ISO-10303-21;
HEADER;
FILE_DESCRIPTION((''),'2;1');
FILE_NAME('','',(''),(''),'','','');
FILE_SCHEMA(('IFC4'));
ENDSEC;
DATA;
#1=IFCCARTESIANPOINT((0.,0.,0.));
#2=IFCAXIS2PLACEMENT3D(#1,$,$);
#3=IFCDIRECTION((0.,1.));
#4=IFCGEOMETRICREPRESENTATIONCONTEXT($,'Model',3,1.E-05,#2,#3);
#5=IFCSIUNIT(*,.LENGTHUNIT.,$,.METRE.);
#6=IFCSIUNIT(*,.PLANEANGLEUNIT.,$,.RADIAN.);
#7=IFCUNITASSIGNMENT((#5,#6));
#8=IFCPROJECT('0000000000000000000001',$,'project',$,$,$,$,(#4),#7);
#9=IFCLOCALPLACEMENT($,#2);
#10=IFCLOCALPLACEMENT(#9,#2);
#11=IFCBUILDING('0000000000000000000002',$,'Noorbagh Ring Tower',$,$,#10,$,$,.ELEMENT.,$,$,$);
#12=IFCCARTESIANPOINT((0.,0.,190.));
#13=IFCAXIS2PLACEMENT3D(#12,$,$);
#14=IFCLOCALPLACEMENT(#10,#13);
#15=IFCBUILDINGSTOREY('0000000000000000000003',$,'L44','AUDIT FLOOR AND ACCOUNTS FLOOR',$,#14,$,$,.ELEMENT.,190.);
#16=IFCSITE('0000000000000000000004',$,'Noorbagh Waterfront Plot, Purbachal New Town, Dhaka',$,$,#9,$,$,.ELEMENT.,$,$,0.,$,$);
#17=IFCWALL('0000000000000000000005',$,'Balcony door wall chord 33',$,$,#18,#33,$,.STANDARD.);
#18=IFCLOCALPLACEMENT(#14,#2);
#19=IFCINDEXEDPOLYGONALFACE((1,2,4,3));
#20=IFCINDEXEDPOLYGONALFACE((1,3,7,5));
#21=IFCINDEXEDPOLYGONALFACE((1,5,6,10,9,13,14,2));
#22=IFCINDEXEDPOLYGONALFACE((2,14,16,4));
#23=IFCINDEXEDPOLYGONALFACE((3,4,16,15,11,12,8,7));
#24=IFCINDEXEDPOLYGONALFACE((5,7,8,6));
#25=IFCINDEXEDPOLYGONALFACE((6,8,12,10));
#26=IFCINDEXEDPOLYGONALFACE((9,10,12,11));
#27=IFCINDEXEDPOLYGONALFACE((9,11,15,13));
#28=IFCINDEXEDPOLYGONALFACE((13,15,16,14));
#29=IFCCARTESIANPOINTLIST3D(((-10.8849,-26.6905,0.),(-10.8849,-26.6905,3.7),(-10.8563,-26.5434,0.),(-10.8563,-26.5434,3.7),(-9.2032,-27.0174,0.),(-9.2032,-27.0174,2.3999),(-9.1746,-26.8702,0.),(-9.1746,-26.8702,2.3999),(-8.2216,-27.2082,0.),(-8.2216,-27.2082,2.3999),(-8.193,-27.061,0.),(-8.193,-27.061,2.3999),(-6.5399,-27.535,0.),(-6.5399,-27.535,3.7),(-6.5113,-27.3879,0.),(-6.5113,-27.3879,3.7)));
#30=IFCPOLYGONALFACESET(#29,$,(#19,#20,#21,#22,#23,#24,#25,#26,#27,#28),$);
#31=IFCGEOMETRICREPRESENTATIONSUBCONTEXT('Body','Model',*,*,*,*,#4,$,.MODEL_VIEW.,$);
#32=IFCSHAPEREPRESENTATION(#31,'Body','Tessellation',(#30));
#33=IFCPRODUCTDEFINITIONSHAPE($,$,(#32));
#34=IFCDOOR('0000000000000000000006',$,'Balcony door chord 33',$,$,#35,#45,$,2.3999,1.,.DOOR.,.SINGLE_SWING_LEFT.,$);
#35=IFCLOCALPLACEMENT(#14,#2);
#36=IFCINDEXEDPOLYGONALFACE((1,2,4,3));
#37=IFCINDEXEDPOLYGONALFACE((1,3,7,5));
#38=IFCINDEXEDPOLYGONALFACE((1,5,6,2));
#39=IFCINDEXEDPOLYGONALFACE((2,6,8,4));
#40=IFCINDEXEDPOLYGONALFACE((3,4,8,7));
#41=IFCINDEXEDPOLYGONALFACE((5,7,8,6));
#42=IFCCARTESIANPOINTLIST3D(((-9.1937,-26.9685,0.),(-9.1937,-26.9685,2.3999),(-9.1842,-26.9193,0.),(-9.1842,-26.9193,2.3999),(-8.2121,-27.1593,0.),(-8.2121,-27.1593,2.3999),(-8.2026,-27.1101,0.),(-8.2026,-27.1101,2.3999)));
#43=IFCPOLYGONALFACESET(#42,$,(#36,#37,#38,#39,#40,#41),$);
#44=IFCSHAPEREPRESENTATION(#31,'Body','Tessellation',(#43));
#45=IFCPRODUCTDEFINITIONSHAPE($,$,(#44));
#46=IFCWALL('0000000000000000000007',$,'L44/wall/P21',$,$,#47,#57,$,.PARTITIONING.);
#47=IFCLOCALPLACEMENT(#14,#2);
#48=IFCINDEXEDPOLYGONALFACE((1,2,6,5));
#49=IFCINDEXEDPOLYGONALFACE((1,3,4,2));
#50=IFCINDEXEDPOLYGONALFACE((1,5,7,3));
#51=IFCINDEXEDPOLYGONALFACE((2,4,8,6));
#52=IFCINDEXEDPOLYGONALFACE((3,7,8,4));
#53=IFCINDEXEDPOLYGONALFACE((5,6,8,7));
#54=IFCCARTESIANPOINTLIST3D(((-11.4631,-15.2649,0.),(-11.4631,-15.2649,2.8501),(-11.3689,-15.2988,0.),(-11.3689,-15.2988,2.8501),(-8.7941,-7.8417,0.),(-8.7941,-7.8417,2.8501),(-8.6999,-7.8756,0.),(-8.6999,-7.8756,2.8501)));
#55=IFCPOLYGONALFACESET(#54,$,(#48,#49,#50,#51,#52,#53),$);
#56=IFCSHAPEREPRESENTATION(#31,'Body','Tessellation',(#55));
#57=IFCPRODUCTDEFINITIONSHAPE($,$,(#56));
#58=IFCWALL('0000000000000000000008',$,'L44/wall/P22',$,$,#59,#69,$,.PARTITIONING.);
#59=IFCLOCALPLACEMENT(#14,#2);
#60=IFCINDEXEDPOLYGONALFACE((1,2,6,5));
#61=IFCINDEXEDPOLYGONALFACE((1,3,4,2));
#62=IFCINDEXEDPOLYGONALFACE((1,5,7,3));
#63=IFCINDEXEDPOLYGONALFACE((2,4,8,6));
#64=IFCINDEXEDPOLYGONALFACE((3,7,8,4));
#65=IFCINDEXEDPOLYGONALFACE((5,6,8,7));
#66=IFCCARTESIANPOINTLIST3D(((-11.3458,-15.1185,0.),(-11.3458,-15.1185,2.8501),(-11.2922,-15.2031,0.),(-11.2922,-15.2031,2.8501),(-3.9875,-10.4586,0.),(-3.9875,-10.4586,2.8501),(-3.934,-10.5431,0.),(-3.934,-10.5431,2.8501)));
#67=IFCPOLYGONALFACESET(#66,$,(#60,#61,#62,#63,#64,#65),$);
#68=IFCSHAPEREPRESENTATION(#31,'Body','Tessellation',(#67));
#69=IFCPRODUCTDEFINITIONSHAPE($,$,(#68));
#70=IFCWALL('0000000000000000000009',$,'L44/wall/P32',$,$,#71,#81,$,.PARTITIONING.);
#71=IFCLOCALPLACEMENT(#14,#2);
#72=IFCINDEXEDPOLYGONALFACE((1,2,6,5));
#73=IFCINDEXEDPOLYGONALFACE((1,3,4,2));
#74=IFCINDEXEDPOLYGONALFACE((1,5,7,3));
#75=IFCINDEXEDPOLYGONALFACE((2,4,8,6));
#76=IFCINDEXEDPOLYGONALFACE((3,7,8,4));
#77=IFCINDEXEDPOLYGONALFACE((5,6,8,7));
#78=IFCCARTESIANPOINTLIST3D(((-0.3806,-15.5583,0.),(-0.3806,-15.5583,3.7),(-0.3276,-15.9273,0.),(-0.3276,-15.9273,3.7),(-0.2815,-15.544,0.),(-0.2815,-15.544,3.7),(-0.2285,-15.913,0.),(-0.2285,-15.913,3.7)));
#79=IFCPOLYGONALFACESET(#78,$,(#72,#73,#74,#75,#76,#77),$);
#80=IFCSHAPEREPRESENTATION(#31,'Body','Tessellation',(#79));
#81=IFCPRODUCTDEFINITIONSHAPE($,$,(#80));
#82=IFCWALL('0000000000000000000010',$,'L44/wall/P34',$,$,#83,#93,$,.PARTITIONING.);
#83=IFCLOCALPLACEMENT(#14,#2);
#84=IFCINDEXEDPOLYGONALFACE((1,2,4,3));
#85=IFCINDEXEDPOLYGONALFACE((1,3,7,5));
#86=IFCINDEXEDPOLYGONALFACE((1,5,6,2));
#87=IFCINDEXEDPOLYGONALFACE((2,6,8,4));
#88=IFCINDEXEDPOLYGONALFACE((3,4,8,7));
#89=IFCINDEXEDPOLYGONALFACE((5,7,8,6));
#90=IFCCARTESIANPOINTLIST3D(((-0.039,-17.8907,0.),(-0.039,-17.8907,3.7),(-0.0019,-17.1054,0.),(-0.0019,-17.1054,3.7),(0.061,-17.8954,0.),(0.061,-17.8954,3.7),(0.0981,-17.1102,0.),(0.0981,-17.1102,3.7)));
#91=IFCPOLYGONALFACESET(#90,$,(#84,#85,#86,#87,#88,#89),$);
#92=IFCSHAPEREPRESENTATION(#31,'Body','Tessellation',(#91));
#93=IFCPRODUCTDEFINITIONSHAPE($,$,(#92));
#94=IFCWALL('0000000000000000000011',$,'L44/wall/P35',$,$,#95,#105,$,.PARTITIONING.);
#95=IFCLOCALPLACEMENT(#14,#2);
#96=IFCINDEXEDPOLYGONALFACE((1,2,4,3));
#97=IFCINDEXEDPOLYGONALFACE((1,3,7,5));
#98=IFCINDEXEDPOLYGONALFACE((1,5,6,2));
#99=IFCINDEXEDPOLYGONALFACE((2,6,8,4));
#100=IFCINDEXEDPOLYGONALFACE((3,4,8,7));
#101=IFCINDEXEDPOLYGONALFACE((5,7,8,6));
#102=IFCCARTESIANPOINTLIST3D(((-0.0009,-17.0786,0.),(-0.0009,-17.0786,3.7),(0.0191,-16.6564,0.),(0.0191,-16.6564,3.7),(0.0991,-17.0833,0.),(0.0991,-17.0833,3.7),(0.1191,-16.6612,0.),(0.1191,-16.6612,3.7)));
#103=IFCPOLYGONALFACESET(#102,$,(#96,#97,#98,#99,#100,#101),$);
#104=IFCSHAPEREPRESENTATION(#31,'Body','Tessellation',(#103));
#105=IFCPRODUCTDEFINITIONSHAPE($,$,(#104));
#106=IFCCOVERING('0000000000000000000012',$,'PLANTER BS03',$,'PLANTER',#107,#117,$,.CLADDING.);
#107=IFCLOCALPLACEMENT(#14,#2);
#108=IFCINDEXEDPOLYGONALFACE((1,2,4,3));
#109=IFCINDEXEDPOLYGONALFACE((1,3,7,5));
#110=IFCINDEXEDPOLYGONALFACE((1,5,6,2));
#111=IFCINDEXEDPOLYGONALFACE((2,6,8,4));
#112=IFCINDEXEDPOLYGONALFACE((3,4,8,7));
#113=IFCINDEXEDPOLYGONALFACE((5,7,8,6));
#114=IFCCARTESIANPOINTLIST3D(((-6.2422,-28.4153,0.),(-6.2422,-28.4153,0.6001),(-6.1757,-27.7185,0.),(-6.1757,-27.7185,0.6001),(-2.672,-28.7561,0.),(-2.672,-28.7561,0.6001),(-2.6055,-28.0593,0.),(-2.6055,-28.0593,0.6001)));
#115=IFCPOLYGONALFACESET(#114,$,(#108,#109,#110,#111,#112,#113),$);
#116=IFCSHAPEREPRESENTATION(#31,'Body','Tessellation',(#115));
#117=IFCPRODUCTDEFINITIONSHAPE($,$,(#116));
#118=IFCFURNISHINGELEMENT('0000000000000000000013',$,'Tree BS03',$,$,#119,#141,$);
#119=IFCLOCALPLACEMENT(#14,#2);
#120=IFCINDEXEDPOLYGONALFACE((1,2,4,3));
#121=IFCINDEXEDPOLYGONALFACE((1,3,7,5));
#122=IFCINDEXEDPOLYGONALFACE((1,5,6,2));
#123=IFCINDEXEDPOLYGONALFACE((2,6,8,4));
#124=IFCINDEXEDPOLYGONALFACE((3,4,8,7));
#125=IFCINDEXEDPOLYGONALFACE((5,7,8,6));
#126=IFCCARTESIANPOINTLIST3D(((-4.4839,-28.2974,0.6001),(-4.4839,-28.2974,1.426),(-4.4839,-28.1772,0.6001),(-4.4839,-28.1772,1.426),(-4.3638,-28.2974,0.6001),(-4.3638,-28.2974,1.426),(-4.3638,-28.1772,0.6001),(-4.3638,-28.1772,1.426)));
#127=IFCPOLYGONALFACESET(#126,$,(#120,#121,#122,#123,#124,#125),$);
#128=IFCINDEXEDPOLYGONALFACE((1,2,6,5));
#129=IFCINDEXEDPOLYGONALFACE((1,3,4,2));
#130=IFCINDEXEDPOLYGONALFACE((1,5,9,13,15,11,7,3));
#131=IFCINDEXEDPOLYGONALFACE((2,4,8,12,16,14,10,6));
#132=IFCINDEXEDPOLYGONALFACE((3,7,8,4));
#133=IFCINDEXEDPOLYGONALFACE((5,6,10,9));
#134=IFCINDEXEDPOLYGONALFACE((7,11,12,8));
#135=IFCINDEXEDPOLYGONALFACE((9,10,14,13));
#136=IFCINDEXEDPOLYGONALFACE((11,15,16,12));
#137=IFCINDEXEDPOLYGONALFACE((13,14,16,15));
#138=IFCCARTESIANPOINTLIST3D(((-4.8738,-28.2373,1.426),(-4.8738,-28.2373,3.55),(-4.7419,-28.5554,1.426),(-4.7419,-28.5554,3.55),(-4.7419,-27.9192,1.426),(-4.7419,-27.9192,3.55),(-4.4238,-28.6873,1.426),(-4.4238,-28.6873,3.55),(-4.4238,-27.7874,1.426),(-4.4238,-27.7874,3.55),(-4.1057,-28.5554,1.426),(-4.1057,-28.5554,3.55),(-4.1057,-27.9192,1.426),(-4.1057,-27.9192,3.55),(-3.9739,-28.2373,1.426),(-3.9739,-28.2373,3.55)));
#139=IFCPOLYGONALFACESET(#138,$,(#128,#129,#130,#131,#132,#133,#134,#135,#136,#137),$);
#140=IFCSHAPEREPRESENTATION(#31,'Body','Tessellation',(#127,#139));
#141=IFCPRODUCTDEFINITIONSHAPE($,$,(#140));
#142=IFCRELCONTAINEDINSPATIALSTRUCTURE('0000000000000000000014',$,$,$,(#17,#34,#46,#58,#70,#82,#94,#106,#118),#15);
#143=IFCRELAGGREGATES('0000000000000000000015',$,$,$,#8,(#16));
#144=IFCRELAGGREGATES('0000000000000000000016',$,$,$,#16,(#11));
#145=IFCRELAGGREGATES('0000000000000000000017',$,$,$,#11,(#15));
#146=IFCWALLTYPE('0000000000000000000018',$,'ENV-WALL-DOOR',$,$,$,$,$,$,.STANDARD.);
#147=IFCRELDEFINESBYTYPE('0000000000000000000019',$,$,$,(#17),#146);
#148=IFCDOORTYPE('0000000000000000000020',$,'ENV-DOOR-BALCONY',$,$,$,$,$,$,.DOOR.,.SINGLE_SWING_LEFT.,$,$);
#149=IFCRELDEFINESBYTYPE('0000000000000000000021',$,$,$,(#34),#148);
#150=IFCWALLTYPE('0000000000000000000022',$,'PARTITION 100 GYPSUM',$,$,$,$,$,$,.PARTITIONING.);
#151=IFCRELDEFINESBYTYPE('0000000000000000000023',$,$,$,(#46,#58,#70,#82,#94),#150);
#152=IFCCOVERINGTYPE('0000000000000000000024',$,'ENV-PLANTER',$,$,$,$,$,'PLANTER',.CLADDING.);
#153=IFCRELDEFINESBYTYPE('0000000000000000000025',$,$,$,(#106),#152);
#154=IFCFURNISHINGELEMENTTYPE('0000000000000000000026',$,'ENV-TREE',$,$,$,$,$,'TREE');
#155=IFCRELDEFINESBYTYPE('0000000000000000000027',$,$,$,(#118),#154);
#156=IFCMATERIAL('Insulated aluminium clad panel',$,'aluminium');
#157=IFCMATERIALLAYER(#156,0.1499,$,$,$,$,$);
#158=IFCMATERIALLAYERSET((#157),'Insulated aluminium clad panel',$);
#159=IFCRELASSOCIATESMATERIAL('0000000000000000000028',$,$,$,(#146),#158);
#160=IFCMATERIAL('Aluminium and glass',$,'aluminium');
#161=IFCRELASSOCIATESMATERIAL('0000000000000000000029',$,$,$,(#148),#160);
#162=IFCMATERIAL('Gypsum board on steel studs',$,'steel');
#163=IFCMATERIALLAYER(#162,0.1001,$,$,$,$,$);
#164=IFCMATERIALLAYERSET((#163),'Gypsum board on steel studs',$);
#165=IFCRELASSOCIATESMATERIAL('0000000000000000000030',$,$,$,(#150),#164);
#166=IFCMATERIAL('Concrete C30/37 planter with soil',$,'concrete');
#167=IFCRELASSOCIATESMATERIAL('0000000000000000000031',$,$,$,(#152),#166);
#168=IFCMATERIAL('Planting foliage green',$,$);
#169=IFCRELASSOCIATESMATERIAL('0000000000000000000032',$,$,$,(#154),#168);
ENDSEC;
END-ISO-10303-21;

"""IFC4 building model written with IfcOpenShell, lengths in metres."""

from ifc_helpers import new_model, si_unit, direction, frame, frame_2d, origin, origin_2d, place, context, subcontext, project, spatial, polyline, rectangle, outline, extrude, material, layer, layer_set, type_object, element, fill, save


model = new_model("IFC4")

# Units and contexts
model_context = context("Model", 3, precision=1e-05, world=origin(), true_north=direction((0.0, 1.0)))
body_context = subcontext(model_context, "Body", "Model", "MODEL_VIEW")
ifc_project = project(units=[si_unit("LENGTHUNIT", "METRE"), si_unit("PLANEANGLEUNIT", "RADIAN")], contexts=[model_context])

# Site, building, storey
site_placement = place(None, origin())
site = spatial("IfcSite", under=ifc_project, at=site_placement, Name="Noorbagh Waterfront Plot, Purbachal New Town, Dhaka", CompositionType="ELEMENT", RefElevation=0.0)
building_placement = place(site_placement, origin())
building = spatial("IfcBuilding", under=site, at=building_placement, Name="Noorbagh Ring Tower", CompositionType="ELEMENT")
storey_placement = place(building_placement, frame((0.0, 0.0, 190.0)))
storey = spatial("IfcBuildingStorey", under=building, at=storey_placement, Name="L44", Description="AUDIT FLOOR AND ACCOUNTS FLOOR", CompositionType="ELEMENT", Elevation=190.0)

# Wall, opening, door
ifc_material_1 = material(Name="Insulated aluminium clad panel", Category="aluminium")
ifc_layer_1 = layer(ifc_material_1, 0.1499)
ifc_layer_set_1 = layer_set([ifc_layer_1], Name="Insulated aluminium clad panel")
wall_type_1 = type_object("IfcWallType", Name="ENV-WALL-DOOR", PredefinedType="STANDARD", material=ifc_layer_set_1)
wall_1_placement = place(storey_placement, frame((-10.8706, -26.6169, 0.0), z_axis=(0.0, 0.0, 1.0), x_axis=(0.981631, -0.190788, 0.0)))
wall_1 = element("IfcWall", 1, at=wall_1_placement, inside=storey, type_object=wall_type_1, Name="Balcony door wall chord 33", PredefinedType="STANDARD", context=body_context, shape_type="SweptSolid", body=[
    extrude(rectangle(XDim=4.4263, YDim=0.1499, at=frame_2d((2.2131, 0.0))), origin(), (0.0, 0.0, 1.0), 3.7),
])
opening_placement = place(wall_1_placement, frame((1.7131, 0.0, 0.0)))
opening = element("IfcOpeningElement", 2, at=opening_placement, cuts=wall_1, PredefinedType="OPENING", context=body_context, shape_type="SweptSolid", body=[
    extrude(rectangle(XDim=1.0, YDim=2.3999, at=frame_2d((0.5, 1.2))), frame((0.0, 0.085, 0.0), z_axis=(0.0, -1.0, 0.0), x_axis=(1.0, 0.0, 0.0)), (0.0, 0.0, 1.0), 0.1699),
])
ifc_material_2 = material(Name="Aluminium and glass", Category="aluminium")
door_type = type_object("IfcDoorType", Name="ENV-DOOR-BALCONY", OperationType="SINGLE_SWING_LEFT", PredefinedType="DOOR", material=ifc_material_2)
door_placement = place(opening_placement, origin())
door = element("IfcDoor", 3, at=door_placement, inside=storey, type_object=door_type, Name="Balcony door chord 33", OperationType="SINGLE_SWING_LEFT", OverallHeight=2.3999, OverallWidth=1.0, PredefinedType="DOOR", context=body_context, shape_type="SweptSolid", body=[
    extrude(rectangle(XDim=1.0, YDim=2.3999, at=frame_2d((0.5, 1.2))), frame((0.0, 0.0249, 0.0), z_axis=(0.0, -1.0, 0.0), x_axis=(1.0, 0.0, 0.0)), (0.0, 0.0, 1.0), 0.05),
])
fill(opening, door)

# Walls
ifc_material_3 = material(Name="Gypsum board on steel studs", Category="steel")
ifc_layer_2 = layer(ifc_material_3, 0.1001)
ifc_layer_set_2 = layer_set([ifc_layer_2], Name="Gypsum board on steel studs")
wall_type_2 = type_object("IfcWallType", Name="PARTITION 100 GYPSUM", PredefinedType="PARTITIONING", material=ifc_layer_set_2)
wall_2_placement = place(storey_placement, frame((-11.416, -15.282, 0.0), z_axis=(0.0, 0.0, 1.0), x_axis=(0.338341, 0.941023, 0.0)))
element("IfcWall", 4, at=wall_2_placement, inside=storey, type_object=wall_type_2, Name="L44/wall/P21", PredefinedType="PARTITIONING", context=body_context, shape_type="SweptSolid", body=[
    extrude(rectangle(XDim=7.8884, YDim=0.1001, at=frame_2d((3.9443, 0.0))), origin(), (0.0, 0.0, 1.0), 2.8501),
])
wall_3_placement = place(storey_placement, frame((-11.3191, -15.1609, 0.0), z_axis=(0.0, 0.0, 1.0), x_axis=(0.844832, 0.535031, 0.0)))
element("IfcWall", 5, at=wall_3_placement, inside=storey, type_object=wall_type_2, Name="L44/wall/P22", PredefinedType="PARTITIONING", context=body_context, shape_type="SweptSolid", body=[
    extrude(rectangle(XDim=8.7097, YDim=0.1001, at=frame_2d((4.355, 0.0))), origin(), (0.0, 0.0, 1.0), 2.8501),
])
wall_4_placement = place(storey_placement, frame((-0.3311, -15.551, 0.0), z_axis=(0.0, 0.0, 1.0), x_axis=(0.142155, -0.989844, 0.0)))
element("IfcWall", 6, at=wall_4_placement, inside=storey, type_object=wall_type_2, Name="L44/wall/P32", PredefinedType="PARTITIONING", context=body_context, shape_type="SweptSolid", body=[
    extrude(rectangle(XDim=0.3728, YDim=0.1001, at=frame_2d((0.1865, 0.0))), origin(), (0.0, 0.0, 1.0), 3.7),
])
wall_5_placement = place(storey_placement, frame((0.011, -17.8931, 0.0), z_axis=(0.0, 0.0, 1.0), x_axis=(0.047211, 0.998885, 0.0)))
element("IfcWall", 7, at=wall_5_placement, inside=storey, type_object=wall_type_2, Name="L44/wall/P34", PredefinedType="PARTITIONING", context=body_context, shape_type="SweptSolid", body=[
    extrude(rectangle(XDim=0.7861, YDim=0.1001, at=frame_2d((0.3931, 0.0))), origin(), (0.0, 0.0, 1.0), 3.7),
])
wall_6_placement = place(storey_placement, frame((0.0491, -17.0811, 0.0), z_axis=(0.0, 0.0, 1.0), x_axis=(0.047373, 0.998877, 0.0)))
element("IfcWall", 8, at=wall_6_placement, inside=storey, type_object=wall_type_2, Name="L44/wall/P35", PredefinedType="PARTITIONING", context=body_context, shape_type="SweptSolid", body=[
    extrude(rectangle(XDim=0.4226, YDim=0.1001, at=frame_2d((0.2114, 0.0))), origin(), (0.0, 0.0, 1.0), 3.7),
])

# Covering
ifc_material_4 = material(Name="Concrete C30/37 planter with soil", Category="concrete")
covering_type = type_object("IfcCoveringType", Name="ENV-PLANTER", ElementType="PLANTER", PredefinedType="CLADDING", material=ifc_material_4)
covering_placement = place(storey_placement, frame((-4.4238, -28.2373, 0.0), z_axis=(0.0, 0.0, 1.0), x_axis=(0.995476, -0.095008, 0.0)))
element("IfcCovering", 9, at=covering_placement, inside=storey, type_object=covering_type, Name="PLANTER BS03", ObjectType="PLANTER", PredefinedType="CLADDING", context=body_context, shape_type="SweptSolid", body=[
    extrude(rectangle(XDim=3.5864, YDim=0.7, at=origin_2d()), origin(), (0.0, 0.0, 1.0), 0.6001),
])

# Furnishing element
ifc_material_5 = material(Name="Planting foliage green")
furnishing_element_type = type_object("IfcFurnishingElementType", Name="ENV-TREE", ElementType="TREE", material=ifc_material_5)
furnishing_placement = place(storey_placement, frame((-4.4238, -28.2373, 0.6001), z_axis=(0.0, 0.0, 1.0), x_axis=(1.0, 0.0, 0.0)))
element("IfcFurnishingElement", 10, at=furnishing_placement, inside=storey, type_object=furnishing_element_type, Name="Tree BS03", context=body_context, shape_type="SweptSolid", body=[
    extrude(rectangle(XDim=0.1201, YDim=0.1201, at=origin_2d()), origin(), (0.0, 0.0, 1.0), 0.8259),
    extrude(outline(polyline([(0.45, 0.0), (0.3181, 0.3181), (0.0, 0.45), (-0.3181, 0.3181), (-0.45, 0.0), (-0.3181, -0.3181), (0.0, -0.45), (0.3181, -0.3181), (0.45, 0.0)])), frame((0.0, 0.0, 0.8259)), (0.0, 0.0, 1.0), 2.124),
])

save(model, "model.ifc")
